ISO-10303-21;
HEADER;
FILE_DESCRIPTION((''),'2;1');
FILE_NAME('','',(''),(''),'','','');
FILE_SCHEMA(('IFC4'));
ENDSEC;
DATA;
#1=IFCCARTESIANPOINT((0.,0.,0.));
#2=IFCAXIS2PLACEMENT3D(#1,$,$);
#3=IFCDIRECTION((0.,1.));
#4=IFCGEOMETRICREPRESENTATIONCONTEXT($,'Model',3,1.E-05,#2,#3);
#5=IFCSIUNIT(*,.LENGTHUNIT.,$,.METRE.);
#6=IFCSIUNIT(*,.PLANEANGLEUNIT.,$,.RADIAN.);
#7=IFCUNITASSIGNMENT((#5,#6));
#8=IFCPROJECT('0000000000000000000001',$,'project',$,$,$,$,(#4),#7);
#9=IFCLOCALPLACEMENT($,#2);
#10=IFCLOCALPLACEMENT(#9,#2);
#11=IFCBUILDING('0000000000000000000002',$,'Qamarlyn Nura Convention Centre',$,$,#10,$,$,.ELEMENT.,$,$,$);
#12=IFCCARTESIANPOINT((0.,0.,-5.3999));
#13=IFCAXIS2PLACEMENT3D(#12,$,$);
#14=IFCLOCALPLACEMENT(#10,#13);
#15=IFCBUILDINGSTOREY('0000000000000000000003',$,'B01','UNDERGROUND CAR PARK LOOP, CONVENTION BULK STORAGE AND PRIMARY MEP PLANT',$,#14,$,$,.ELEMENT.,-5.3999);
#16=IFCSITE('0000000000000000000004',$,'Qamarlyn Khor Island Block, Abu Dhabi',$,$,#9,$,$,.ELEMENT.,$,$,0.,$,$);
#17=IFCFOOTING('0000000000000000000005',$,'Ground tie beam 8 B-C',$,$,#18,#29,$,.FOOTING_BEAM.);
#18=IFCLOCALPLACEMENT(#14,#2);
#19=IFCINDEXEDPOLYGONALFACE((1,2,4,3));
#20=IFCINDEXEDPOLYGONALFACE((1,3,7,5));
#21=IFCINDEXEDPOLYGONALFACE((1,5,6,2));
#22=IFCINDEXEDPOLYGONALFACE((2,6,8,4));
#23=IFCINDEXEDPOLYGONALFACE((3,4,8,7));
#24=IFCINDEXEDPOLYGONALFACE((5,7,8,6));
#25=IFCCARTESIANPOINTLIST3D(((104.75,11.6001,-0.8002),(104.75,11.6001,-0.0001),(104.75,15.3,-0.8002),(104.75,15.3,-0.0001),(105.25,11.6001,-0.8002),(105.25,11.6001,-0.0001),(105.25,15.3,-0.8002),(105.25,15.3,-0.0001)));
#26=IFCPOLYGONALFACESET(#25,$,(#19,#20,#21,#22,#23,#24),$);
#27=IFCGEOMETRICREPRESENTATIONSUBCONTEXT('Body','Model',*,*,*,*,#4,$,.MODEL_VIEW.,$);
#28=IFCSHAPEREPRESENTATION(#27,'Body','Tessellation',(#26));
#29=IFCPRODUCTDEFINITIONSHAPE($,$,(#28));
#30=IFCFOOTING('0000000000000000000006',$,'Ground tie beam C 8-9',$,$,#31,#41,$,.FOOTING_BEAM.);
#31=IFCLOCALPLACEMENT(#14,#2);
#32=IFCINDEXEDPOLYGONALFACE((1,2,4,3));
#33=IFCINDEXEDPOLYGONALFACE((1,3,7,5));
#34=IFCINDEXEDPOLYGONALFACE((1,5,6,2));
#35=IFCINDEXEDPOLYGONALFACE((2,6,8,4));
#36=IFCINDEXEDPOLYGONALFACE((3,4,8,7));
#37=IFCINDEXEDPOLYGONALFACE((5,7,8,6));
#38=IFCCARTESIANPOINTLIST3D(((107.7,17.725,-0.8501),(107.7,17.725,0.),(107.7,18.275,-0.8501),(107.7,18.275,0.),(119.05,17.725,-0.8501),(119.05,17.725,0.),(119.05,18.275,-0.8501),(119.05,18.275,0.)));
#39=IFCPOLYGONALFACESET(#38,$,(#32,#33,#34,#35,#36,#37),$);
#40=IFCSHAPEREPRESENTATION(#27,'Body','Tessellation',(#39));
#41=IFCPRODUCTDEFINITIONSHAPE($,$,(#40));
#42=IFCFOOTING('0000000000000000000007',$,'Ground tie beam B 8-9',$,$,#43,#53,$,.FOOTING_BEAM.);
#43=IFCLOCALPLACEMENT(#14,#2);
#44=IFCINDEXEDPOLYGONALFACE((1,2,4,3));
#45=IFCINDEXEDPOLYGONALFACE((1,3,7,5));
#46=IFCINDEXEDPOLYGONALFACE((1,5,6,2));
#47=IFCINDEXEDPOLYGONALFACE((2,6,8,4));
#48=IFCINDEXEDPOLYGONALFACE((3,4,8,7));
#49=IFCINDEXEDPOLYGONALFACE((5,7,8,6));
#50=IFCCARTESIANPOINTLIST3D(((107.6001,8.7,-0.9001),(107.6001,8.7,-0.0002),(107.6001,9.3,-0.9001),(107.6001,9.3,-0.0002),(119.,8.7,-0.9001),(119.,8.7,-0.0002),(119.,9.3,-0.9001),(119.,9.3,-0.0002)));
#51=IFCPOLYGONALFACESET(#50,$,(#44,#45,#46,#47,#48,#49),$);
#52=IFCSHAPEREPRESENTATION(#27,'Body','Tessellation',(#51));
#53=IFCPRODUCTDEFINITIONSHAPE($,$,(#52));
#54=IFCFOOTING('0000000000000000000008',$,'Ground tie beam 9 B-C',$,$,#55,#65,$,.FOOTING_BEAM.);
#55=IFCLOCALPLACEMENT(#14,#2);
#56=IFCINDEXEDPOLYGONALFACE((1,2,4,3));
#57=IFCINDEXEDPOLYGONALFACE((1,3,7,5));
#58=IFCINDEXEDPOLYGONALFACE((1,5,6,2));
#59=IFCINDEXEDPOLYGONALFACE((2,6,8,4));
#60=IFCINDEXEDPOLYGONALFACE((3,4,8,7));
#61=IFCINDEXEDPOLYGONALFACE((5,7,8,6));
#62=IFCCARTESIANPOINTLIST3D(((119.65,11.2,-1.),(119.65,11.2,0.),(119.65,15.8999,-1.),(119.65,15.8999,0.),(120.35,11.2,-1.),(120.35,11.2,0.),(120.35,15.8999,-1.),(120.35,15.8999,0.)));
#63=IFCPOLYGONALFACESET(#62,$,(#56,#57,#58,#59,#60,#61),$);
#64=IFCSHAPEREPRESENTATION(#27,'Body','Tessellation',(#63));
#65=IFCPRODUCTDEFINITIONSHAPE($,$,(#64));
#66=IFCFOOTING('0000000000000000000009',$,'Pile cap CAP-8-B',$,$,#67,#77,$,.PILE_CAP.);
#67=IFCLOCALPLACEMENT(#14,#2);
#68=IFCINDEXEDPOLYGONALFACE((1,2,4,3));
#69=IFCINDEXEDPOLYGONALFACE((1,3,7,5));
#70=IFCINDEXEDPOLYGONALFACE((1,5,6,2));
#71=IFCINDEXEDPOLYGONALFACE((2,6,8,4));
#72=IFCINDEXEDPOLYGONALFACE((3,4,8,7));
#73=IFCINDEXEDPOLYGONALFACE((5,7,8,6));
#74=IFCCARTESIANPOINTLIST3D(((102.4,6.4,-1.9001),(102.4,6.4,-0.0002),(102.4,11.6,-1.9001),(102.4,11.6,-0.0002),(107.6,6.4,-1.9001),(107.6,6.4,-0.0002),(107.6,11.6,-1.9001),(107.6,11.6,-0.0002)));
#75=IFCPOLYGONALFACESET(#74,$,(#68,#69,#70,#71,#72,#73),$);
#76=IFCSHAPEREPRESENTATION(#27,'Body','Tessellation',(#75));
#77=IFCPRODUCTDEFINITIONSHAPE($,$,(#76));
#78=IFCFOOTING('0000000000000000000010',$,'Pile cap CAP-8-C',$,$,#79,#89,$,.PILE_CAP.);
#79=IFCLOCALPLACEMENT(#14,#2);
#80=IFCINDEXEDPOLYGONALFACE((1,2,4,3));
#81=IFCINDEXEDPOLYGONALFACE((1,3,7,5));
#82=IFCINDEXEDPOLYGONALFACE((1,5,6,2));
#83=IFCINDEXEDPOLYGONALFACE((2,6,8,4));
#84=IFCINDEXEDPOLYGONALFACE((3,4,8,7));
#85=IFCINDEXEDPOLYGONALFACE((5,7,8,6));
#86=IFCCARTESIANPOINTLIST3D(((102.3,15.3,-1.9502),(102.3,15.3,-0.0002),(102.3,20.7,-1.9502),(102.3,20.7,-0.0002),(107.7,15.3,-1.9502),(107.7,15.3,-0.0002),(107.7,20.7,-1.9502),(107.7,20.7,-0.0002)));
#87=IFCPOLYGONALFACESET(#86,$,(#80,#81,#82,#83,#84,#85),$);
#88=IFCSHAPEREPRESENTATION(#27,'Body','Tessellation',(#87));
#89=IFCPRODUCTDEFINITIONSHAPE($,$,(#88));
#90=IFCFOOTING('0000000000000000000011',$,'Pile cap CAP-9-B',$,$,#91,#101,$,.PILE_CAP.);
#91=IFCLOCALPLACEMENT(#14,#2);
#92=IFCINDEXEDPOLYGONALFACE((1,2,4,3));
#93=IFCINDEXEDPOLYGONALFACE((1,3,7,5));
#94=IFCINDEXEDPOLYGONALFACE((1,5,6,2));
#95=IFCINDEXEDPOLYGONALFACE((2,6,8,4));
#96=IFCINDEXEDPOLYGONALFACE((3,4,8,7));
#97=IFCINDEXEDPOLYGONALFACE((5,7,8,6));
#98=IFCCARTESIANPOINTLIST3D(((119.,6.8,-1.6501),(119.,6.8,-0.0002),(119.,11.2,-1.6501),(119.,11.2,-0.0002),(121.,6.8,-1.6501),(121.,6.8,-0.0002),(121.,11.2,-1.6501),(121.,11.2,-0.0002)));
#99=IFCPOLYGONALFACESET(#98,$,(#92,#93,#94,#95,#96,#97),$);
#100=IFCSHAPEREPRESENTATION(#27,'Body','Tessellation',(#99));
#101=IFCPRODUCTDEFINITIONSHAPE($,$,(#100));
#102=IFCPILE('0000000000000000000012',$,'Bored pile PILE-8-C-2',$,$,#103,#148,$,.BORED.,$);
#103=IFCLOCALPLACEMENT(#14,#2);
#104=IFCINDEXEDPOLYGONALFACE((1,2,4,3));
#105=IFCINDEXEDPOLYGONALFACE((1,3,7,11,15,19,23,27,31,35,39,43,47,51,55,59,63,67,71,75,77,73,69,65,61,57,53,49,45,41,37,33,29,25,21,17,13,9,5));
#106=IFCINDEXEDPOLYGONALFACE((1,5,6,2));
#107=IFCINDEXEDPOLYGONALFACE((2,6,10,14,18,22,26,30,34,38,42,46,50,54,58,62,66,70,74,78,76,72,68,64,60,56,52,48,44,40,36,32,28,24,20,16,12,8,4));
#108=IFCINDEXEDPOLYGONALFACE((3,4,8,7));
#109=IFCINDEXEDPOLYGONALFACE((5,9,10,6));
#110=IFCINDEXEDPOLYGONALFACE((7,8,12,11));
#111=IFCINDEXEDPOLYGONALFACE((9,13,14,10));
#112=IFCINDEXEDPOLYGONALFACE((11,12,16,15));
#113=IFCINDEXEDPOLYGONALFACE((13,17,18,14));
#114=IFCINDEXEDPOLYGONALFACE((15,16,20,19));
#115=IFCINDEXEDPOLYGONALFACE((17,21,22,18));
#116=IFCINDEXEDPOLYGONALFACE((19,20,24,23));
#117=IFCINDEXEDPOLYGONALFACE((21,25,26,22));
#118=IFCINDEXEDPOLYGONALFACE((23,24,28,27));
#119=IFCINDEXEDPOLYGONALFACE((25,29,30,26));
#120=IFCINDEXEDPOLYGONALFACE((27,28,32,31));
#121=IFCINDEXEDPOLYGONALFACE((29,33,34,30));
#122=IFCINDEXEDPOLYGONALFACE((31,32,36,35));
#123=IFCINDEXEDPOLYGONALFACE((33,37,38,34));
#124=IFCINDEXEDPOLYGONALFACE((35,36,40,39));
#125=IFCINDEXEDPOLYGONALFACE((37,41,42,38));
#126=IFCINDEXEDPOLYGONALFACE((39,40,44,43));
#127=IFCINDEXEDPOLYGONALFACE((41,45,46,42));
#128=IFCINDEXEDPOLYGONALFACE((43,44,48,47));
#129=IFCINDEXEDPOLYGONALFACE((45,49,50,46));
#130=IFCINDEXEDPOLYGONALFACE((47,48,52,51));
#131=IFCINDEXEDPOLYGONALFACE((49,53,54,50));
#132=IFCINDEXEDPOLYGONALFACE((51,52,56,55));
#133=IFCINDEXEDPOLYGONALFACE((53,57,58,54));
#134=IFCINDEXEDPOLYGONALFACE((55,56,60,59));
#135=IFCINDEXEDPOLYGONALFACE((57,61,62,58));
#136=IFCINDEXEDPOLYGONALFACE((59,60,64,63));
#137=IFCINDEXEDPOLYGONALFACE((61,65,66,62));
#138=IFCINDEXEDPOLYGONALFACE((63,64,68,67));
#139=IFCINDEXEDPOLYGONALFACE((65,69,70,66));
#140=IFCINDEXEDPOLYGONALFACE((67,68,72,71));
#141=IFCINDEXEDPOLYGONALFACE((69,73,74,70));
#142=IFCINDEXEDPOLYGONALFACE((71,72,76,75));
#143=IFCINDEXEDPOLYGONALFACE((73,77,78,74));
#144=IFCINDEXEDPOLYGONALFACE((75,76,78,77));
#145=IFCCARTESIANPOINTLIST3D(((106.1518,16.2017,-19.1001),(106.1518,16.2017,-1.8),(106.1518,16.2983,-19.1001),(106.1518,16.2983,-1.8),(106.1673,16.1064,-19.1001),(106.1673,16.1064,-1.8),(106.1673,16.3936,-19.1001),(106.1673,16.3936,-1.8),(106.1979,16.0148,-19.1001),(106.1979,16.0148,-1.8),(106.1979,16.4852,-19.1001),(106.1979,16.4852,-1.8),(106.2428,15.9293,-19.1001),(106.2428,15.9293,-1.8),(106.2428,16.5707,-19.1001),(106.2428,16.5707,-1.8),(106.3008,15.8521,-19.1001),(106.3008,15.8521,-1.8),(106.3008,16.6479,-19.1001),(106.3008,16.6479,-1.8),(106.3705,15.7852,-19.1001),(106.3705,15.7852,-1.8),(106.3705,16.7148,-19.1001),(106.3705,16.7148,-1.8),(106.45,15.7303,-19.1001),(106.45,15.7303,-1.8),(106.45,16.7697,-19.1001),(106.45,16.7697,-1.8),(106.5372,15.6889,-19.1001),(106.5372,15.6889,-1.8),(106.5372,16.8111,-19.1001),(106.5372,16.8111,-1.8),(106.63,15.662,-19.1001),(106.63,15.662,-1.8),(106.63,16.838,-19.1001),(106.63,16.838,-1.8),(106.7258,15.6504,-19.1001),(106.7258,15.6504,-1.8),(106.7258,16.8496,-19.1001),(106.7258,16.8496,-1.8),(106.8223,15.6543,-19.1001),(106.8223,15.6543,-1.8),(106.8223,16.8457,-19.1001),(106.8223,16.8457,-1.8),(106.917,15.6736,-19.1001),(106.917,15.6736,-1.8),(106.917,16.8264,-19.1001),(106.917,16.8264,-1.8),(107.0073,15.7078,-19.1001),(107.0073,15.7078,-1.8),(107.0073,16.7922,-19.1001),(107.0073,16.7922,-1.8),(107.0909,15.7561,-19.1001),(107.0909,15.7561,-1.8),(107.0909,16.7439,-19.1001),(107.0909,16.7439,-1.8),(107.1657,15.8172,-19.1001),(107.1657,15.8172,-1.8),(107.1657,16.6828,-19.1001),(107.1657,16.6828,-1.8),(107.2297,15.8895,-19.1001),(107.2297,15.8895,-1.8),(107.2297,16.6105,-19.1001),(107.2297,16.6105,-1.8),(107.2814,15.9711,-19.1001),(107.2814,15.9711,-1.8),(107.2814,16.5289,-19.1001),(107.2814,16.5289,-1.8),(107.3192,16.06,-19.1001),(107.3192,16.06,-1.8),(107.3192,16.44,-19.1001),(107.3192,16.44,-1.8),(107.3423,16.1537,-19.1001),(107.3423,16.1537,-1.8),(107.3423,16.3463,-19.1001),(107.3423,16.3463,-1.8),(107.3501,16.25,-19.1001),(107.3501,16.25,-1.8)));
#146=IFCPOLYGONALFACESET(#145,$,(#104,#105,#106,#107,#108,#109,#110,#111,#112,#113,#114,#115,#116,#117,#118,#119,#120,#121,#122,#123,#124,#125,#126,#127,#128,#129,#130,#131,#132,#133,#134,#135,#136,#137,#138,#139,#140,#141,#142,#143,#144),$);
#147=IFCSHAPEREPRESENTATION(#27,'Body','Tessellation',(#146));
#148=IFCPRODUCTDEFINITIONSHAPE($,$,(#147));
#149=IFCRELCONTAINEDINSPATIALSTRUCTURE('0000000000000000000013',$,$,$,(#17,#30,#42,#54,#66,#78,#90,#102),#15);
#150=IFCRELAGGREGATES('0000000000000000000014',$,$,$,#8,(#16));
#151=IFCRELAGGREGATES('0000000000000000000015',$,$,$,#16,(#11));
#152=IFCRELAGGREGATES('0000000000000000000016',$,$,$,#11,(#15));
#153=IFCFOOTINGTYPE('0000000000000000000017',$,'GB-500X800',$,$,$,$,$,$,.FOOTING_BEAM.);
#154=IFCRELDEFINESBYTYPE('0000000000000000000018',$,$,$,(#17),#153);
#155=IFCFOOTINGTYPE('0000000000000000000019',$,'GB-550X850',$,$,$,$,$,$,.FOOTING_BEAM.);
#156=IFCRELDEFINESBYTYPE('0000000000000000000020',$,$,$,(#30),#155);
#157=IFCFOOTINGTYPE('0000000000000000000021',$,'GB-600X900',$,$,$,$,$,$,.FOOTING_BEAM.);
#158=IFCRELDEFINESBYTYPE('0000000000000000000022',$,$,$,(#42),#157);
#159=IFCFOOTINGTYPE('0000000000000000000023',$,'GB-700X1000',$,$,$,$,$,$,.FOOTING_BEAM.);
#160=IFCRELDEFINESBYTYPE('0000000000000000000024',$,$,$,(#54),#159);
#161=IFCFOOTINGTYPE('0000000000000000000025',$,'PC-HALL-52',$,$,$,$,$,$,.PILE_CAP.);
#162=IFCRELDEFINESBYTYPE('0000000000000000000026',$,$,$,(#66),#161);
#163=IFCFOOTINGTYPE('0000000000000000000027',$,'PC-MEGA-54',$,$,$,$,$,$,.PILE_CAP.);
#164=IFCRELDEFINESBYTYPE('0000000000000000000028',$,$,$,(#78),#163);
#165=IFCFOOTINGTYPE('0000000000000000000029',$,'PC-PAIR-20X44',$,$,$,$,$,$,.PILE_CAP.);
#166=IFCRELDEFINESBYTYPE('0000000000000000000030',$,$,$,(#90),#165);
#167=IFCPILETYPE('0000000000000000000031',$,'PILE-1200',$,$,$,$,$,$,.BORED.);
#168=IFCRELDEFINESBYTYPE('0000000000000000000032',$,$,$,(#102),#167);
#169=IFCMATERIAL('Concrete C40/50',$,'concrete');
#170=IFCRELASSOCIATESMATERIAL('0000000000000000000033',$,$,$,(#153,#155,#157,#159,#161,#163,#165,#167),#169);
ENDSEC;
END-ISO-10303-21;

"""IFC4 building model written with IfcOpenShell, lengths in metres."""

from ifc_helpers import new_model, si_unit, direction, frame, origin, origin_2d, place, context, subcontext, project, spatial, rectangle, circle, extrude, material, material_profile, profile_set, type_object, element, save


model = new_model("IFC4")

# Units and contexts
model_context = context("Model", 3, precision=1e-05, world=origin(), true_north=direction((0.0, 1.0)))
body_context = subcontext(model_context, "Body", "Model", "MODEL_VIEW")
ifc_project = project(units=[si_unit("LENGTHUNIT", "METRE"), si_unit("PLANEANGLEUNIT", "RADIAN")], contexts=[model_context])

# Site, building, storey
site_placement = place(None, origin())
site = spatial("IfcSite", under=ifc_project, at=site_placement, Name="Qamarlyn Khor Island Block, Abu Dhabi", CompositionType="ELEMENT", RefElevation=0.0)
building_placement = place(site_placement, origin())
building = spatial("IfcBuilding", under=site, at=building_placement, Name="Qamarlyn Nura Convention Centre", CompositionType="ELEMENT")
storey_placement = place(building_placement, frame((0.0, 0.0, -5.3999)))
storey = spatial("IfcBuildingStorey", under=building, at=storey_placement, Name="B01", Description="UNDERGROUND CAR PARK LOOP, CONVENTION BULK STORAGE AND PRIMARY MEP PLANT", CompositionType="ELEMENT", Elevation=-5.3999)

# Footings
ifc_material_1 = material(Name="Concrete C40/50", Category="concrete")
ifc_material_profile_1 = material_profile(ifc_material_1, rectangle(XDim=0.5, YDim=0.8, at=origin_2d()), Name="RC GB 500x800")
ifc_profile_set_1 = profile_set([ifc_material_profile_1], Name="Concrete C40/50")
footing_type_1 = type_object("IfcFootingType", Name="GB-500X800", PredefinedType="FOOTING_BEAM", material=ifc_profile_set_1)
footing_1_placement = place(storey_placement, frame((105.0, 11.6001, -0.4001), z_axis=(0.0, 1.0, 0.0), x_axis=(-1.0, 0.0, 0.0)))
element("IfcFooting", 1, at=footing_1_placement, inside=storey, type_object=footing_type_1, Name="Ground tie beam 8 B-C", PredefinedType="FOOTING_BEAM", context=body_context, shape_type="SweptSolid", body=[
    extrude(rectangle(XDim=0.5, YDim=0.8, at=origin_2d()), origin(), (0.0, 0.0, 1.0), 3.7),
])
ifc_material_profile_2 = material_profile(ifc_material_1, rectangle(XDim=0.55, YDim=0.8501, at=origin_2d()), Name="RC GB 550x850")
ifc_profile_set_2 = profile_set([ifc_material_profile_2], Name="Concrete C40/50")
footing_type_2 = type_object("IfcFootingType", Name="GB-550X850", PredefinedType="FOOTING_BEAM", material=ifc_profile_set_2)
footing_2_placement = place(storey_placement, frame((107.7, 18.0, -0.425), z_axis=(1.0, 0.0, 0.0), x_axis=(0.0, 1.0, 0.0)))
element("IfcFooting", 2, at=footing_2_placement, inside=storey, type_object=footing_type_2, Name="Ground tie beam C 8-9", PredefinedType="FOOTING_BEAM", context=body_context, shape_type="SweptSolid", body=[
    extrude(rectangle(XDim=0.55, YDim=0.8501, at=origin_2d()), origin(), (0.0, 0.0, 1.0), 11.3501),
])
ifc_material_profile_3 = material_profile(ifc_material_1, rectangle(XDim=0.6001, YDim=0.8999, at=origin_2d()), Name="RC GB 600x900")
ifc_profile_set_3 = profile_set([ifc_material_profile_3], Name="Concrete C40/50")
footing_type_3 = type_object("IfcFootingType", Name="GB-600X900", PredefinedType="FOOTING_BEAM", material=ifc_profile_set_3)
footing_3_placement = place(storey_placement, frame((107.6001, 9.0, -0.4502), z_axis=(1.0, 0.0, 0.0), x_axis=(0.0, 1.0, 0.0)))
element("IfcFooting", 3, at=footing_3_placement, inside=storey, type_object=footing_type_3, Name="Ground tie beam B 8-9", PredefinedType="FOOTING_BEAM", context=body_context, shape_type="SweptSolid", body=[
    extrude(rectangle(XDim=0.6001, YDim=0.8999, at=origin_2d()), origin(), (0.0, 0.0, 1.0), 11.3999),
])
ifc_material_profile_4 = material_profile(ifc_material_1, rectangle(XDim=0.7, YDim=1.0, at=origin_2d()), Name="RC GB 700x1000")
ifc_profile_set_4 = profile_set([ifc_material_profile_4], Name="Concrete C40/50")
footing_type_4 = type_object("IfcFootingType", Name="GB-700X1000", PredefinedType="FOOTING_BEAM", material=ifc_profile_set_4)
footing_4_placement = place(storey_placement, frame((120.0, 11.2, -0.5), z_axis=(0.0, 1.0, 0.0), x_axis=(-1.0, 0.0, 0.0)))
element("IfcFooting", 4, at=footing_4_placement, inside=storey, type_object=footing_type_4, Name="Ground tie beam 9 B-C", PredefinedType="FOOTING_BEAM", context=body_context, shape_type="SweptSolid", body=[
    extrude(rectangle(XDim=0.7, YDim=1.0, at=origin_2d()), origin(), (0.0, 0.0, 1.0), 4.7),
])
footing_type_5 = type_object("IfcFootingType", Name="PC-HALL-52", PredefinedType="PILE_CAP", material=ifc_material_1)
footing_5_placement = place(storey_placement, frame((105.0, 9.0, -1.9001), z_axis=(0.0, 0.0, 1.0), x_axis=(1.0, 0.0, 0.0)))
element("IfcFooting", 5, at=footing_5_placement, inside=storey, type_object=footing_type_5, Name="Pile cap CAP-8-B", PredefinedType="PILE_CAP", context=body_context, shape_type="SweptSolid", body=[
    extrude(rectangle(XDim=5.2, YDim=5.2, at=origin_2d()), origin(), (0.0, 0.0, 1.0), 1.8999),
])
footing_type_6 = type_object("IfcFootingType", Name="PC-MEGA-54", PredefinedType="PILE_CAP", material=ifc_material_1)
footing_6_placement = place(storey_placement, frame((105.0, 18.0, -1.9502), z_axis=(0.0, 0.0, 1.0), x_axis=(1.0, 0.0, 0.0)))
element("IfcFooting", 6, at=footing_6_placement, inside=storey, type_object=footing_type_6, Name="Pile cap CAP-8-C", PredefinedType="PILE_CAP", context=body_context, shape_type="SweptSolid", body=[
    extrude(rectangle(XDim=5.3999, YDim=5.3999, at=origin_2d()), origin(), (0.0, 0.0, 1.0), 1.95),
])
footing_type_7 = type_object("IfcFootingType", Name="PC-PAIR-20X44", PredefinedType="PILE_CAP", material=ifc_material_1)
footing_7_placement = place(storey_placement, frame((120.0, 9.0, -1.6501), z_axis=(0.0, 0.0, 1.0), x_axis=(1.0, 0.0, 0.0)))
element("IfcFooting", 7, at=footing_7_placement, inside=storey, type_object=footing_type_7, Name="Pile cap CAP-9-B", PredefinedType="PILE_CAP", context=body_context, shape_type="SweptSolid", body=[
    extrude(rectangle(XDim=2.0, YDim=4.3999, at=origin_2d()), origin(), (0.0, 0.0, 1.0), 1.6499),
])

# Pile
ifc_material_profile_5 = material_profile(ifc_material_1, circle(Radius=0.6001, at=origin_2d()), Name="BORED PILE 1200")
ifc_profile_set_5 = profile_set([ifc_material_profile_5], Name="Concrete C40/50")
pile_type_1 = type_object("IfcPileType", Name="PILE-1200", PredefinedType="BORED", material=ifc_profile_set_5)
for number, where, z_axis, x_axis, name in (
    (8, (106.75, 16.25, -1.8), (0.0, 0.0, -1.0), (1.0, 0.0, 0.0), "Bored pile PILE-8-C-2"),
):
    element("IfcPile", number, at=place(storey_placement, frame(where, z_axis=z_axis, x_axis=x_axis)), inside=storey, type_object=pile_type_1, Name=name, PredefinedType="BORED", context=body_context, shape_type="SweptSolid", body=[
        extrude(circle(Radius=0.6001, at=origin_2d()), origin(), (0.0, 0.0, 1.0), 17.3),
    ])

save(model, "model.ifc")
